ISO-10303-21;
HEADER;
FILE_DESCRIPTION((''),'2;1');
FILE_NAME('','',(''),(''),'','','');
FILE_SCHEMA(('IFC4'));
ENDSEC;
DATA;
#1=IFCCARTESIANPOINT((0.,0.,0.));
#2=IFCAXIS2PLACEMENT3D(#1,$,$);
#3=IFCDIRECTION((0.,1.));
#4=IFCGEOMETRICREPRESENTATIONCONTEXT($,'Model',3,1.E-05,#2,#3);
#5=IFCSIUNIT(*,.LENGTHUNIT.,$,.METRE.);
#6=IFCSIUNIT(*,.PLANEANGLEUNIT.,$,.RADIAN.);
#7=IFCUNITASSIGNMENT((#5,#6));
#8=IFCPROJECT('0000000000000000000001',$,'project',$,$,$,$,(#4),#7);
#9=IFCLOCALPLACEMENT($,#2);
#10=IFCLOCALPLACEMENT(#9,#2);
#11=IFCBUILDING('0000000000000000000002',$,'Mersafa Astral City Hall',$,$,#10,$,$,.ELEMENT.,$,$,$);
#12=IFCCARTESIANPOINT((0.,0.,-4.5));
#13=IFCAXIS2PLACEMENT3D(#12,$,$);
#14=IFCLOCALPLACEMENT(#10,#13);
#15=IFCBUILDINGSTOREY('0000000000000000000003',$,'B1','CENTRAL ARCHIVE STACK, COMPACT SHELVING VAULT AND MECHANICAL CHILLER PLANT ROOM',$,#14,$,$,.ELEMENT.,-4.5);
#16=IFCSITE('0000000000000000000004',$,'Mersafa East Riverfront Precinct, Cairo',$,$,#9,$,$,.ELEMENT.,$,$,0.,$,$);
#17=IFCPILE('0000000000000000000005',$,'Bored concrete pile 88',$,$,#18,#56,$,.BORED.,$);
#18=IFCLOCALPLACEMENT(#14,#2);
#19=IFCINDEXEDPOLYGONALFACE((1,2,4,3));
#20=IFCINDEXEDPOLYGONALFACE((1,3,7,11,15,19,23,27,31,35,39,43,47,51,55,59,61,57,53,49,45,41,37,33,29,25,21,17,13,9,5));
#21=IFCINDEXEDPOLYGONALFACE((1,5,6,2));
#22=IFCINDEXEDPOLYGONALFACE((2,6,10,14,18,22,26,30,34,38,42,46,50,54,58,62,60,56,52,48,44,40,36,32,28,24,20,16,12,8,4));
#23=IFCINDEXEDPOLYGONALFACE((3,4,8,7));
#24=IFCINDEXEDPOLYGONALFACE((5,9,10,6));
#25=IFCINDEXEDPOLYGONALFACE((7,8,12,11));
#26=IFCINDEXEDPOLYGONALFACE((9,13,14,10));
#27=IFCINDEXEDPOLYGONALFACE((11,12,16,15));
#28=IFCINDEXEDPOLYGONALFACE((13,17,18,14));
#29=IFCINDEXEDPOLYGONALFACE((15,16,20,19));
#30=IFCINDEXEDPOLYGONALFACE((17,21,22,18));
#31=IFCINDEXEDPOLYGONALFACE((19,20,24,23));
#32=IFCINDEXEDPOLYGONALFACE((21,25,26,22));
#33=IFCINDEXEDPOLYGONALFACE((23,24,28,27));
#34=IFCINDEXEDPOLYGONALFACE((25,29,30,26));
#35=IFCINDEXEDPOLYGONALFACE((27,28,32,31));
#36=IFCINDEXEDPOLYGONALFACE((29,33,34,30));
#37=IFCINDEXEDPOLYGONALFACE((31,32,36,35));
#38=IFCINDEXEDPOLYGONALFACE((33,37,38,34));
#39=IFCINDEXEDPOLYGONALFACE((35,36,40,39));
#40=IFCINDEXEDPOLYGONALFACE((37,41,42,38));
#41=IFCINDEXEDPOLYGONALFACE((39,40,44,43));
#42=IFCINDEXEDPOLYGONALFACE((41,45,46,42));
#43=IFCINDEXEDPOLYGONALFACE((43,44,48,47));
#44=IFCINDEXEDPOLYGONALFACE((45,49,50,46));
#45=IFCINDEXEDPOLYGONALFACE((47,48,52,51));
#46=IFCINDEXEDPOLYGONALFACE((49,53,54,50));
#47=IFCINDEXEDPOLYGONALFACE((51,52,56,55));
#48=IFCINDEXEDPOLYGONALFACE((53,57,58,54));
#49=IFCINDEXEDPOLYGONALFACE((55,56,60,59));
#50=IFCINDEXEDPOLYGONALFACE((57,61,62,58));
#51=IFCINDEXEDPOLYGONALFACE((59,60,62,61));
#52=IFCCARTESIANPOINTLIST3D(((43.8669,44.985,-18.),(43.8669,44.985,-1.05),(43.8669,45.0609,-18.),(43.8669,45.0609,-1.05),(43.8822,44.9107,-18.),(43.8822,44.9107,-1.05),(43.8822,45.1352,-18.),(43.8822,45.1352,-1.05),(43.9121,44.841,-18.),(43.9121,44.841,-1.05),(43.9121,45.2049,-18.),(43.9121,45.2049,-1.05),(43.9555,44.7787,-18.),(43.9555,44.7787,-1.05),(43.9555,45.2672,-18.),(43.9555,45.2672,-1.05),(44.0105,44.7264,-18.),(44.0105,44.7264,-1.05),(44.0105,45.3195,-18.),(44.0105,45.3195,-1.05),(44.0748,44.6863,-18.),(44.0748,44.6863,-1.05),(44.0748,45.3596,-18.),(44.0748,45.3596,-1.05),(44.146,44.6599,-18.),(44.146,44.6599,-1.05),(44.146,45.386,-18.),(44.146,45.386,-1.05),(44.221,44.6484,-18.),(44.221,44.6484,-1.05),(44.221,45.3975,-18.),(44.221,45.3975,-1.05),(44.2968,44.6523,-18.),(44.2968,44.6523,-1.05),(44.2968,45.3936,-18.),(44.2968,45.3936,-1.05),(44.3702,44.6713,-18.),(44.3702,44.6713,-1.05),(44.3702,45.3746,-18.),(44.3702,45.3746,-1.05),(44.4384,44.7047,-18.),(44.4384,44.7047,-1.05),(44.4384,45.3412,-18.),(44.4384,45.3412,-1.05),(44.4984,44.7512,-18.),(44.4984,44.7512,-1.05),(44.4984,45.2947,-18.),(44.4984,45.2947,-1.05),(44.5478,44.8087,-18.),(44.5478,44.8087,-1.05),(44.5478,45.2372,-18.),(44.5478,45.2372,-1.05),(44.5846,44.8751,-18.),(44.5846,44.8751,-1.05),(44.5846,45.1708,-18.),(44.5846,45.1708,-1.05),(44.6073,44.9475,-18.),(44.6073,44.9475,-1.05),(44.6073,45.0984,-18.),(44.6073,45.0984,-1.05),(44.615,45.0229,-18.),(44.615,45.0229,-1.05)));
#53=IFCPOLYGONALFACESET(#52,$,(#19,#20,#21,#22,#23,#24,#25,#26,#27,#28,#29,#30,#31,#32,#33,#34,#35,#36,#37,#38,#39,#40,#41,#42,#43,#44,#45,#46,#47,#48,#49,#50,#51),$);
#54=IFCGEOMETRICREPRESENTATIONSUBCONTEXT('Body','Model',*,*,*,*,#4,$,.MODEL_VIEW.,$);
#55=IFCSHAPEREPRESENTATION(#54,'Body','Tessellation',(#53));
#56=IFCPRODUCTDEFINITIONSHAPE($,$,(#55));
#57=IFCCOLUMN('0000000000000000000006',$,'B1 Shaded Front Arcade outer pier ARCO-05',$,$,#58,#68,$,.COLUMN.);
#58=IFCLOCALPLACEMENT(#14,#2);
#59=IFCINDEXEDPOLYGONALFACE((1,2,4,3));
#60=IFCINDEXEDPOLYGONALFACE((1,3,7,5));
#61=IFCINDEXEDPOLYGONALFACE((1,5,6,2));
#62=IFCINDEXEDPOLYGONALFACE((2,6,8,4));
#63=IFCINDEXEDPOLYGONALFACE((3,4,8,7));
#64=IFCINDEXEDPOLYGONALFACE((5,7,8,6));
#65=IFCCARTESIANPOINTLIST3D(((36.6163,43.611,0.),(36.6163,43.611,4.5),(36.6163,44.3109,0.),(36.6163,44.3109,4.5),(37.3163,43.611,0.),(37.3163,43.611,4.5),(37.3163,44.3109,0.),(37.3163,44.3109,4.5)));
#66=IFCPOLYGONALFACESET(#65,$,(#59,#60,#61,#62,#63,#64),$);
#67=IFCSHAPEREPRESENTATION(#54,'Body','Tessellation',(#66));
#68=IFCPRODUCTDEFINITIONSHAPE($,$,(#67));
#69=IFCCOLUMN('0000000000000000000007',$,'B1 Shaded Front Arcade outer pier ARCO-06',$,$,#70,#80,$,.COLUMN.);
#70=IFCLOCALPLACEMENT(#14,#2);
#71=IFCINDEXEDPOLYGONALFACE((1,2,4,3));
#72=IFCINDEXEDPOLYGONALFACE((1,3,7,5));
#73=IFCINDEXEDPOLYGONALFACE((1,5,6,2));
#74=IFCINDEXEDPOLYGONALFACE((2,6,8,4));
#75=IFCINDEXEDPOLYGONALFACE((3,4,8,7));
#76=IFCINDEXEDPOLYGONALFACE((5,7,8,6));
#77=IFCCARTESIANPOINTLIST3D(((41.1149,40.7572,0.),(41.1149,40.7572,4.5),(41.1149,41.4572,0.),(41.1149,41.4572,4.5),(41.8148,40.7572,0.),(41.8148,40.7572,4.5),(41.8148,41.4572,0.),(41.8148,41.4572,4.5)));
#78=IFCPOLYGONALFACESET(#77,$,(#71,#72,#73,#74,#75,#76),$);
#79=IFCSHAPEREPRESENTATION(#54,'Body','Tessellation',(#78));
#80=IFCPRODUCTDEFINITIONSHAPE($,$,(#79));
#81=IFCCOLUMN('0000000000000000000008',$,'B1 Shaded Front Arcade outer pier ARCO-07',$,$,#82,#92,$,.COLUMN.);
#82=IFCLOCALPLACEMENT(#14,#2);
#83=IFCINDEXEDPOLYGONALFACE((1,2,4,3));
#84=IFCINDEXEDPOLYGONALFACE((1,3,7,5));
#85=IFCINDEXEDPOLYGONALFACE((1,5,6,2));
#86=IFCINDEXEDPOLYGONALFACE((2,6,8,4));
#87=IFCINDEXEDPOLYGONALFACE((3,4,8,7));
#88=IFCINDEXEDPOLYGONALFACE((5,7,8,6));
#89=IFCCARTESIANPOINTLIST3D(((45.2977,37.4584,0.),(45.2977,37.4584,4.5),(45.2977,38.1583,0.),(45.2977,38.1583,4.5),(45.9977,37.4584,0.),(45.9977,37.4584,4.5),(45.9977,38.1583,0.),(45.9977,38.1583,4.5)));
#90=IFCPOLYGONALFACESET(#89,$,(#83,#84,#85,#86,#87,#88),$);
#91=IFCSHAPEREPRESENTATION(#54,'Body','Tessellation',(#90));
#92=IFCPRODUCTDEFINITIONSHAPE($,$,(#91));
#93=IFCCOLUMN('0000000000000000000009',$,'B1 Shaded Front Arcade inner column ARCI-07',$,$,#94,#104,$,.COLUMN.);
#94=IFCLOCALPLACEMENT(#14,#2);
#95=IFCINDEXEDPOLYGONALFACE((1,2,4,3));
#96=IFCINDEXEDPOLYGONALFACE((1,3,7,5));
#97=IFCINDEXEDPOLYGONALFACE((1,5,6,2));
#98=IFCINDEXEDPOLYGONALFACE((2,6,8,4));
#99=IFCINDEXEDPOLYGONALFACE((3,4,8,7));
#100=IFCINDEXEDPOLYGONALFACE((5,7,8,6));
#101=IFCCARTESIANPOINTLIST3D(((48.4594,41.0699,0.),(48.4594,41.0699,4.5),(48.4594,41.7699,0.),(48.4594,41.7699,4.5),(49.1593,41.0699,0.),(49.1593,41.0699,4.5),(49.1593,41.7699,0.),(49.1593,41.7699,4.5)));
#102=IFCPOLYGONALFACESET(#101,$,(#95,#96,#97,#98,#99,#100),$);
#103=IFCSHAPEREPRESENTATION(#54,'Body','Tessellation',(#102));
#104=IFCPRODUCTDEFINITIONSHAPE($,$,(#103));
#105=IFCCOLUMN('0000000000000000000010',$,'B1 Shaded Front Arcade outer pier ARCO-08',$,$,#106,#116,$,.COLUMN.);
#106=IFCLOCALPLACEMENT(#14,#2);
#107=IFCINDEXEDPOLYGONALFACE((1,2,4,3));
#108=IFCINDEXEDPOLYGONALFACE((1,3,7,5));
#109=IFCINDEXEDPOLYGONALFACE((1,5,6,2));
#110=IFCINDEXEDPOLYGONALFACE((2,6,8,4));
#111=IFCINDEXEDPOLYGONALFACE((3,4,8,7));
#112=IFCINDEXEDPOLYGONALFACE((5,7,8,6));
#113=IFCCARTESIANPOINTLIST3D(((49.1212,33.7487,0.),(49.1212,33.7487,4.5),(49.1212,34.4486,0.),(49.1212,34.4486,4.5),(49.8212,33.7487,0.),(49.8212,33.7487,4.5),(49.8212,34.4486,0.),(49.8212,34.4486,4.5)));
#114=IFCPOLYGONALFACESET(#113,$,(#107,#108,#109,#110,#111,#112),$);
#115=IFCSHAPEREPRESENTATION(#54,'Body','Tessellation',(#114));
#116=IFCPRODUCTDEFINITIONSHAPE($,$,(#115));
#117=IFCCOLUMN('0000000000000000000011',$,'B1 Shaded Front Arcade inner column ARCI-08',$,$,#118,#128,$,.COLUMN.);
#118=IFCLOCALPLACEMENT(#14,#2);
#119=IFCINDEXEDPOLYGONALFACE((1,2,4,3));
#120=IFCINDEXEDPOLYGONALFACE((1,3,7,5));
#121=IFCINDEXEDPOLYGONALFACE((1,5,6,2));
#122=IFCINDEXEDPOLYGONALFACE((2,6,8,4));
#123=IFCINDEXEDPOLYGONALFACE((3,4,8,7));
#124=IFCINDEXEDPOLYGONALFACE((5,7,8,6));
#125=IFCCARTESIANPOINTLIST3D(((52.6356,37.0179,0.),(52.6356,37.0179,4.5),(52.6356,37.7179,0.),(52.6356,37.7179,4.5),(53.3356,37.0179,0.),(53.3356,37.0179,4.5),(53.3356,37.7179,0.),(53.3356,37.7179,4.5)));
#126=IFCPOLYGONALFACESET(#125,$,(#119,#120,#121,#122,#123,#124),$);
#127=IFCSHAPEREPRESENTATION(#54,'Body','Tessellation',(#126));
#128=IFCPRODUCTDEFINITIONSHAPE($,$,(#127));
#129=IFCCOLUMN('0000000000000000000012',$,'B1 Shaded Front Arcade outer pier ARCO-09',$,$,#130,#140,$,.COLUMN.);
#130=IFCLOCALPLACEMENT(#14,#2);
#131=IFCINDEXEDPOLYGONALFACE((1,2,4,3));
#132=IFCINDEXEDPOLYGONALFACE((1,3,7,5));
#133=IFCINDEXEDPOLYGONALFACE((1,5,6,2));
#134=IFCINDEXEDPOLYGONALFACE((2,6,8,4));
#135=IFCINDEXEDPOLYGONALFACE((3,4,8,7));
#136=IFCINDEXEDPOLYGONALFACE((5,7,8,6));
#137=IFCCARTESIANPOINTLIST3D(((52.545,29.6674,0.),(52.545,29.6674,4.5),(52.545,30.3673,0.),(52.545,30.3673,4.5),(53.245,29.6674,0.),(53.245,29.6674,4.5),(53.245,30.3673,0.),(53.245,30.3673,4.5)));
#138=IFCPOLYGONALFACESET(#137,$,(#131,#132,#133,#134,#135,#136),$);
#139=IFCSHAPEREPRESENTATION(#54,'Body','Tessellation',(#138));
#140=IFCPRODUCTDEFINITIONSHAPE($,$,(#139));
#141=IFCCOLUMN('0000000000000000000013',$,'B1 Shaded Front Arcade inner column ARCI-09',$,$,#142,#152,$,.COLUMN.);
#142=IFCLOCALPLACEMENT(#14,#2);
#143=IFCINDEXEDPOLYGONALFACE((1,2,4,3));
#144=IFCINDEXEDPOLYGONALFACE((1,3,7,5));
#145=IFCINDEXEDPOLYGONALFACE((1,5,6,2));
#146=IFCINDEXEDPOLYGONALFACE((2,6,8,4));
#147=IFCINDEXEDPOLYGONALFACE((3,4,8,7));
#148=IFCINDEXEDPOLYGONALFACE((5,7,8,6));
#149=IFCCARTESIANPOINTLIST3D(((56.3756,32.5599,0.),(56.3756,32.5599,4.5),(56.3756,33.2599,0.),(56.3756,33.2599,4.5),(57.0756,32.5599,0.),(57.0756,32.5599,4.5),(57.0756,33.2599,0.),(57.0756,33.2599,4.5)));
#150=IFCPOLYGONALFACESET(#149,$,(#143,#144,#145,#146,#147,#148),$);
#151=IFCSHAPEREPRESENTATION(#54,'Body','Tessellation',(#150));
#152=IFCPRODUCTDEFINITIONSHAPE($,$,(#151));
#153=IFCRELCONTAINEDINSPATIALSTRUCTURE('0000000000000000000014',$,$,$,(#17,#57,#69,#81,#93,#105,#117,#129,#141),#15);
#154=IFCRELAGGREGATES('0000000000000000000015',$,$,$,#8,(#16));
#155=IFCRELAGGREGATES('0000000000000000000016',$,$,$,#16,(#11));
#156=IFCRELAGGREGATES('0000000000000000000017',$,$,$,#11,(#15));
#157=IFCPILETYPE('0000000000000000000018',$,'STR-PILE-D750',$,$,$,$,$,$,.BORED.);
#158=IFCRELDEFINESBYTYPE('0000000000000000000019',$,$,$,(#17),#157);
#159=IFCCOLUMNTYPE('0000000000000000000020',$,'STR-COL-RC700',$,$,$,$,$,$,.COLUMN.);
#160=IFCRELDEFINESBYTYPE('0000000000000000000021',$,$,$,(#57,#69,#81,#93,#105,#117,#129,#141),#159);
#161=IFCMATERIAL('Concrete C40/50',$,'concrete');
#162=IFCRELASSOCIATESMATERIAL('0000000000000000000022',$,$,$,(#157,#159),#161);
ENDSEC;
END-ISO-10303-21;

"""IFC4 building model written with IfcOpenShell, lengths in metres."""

from ifc_helpers import new_model, si_unit, direction, frame, origin, origin_2d, place, context, subcontext, project, spatial, rectangle, circle, extrude, material, material_profile, profile_set, type_object, element, save


model = new_model("IFC4")

# Units and contexts
model_context = context("Model", 3, precision=1e-05, world=origin(), true_north=direction((0.0, 1.0)))
body_context = subcontext(model_context, "Body", "Model", "MODEL_VIEW")
ifc_project = project(units=[si_unit("LENGTHUNIT", "METRE"), si_unit("PLANEANGLEUNIT", "RADIAN")], contexts=[model_context])

# Site, building, storey
site_placement = place(None, origin())
site = spatial("IfcSite", under=ifc_project, at=site_placement, Name="Mersafa East Riverfront Precinct, Cairo", CompositionType="ELEMENT", RefElevation=0.0)
building_placement = place(site_placement, origin())
building = spatial("IfcBuilding", under=site, at=building_placement, Name="Mersafa Astral City Hall", CompositionType="ELEMENT")
storey_placement = place(building_placement, frame((0.0, 0.0, -4.5)))
storey = spatial("IfcBuildingStorey", under=building, at=storey_placement, Name="B1", Description="CENTRAL ARCHIVE STACK, COMPACT SHELVING VAULT AND MECHANICAL CHILLER PLANT ROOM", CompositionType="ELEMENT", Elevation=-4.5)

# Shared definitions
ifc_material = material(Name="Concrete C40/50", Category="concrete")

# Pile
ifc_material_profile_1 = material_profile(ifc_material, circle(Radius=0.375, at=origin_2d()), Name="PILE D750")
ifc_profile_set_1 = profile_set([ifc_material_profile_1], Name="Concrete C40/50")
pile_type = type_object("IfcPileType", Name="STR-PILE-D750", PredefinedType="BORED", material=ifc_profile_set_1)
for number, where, z_axis, x_axis, name in (
    (1, (44.24, 45.0229, -1.05), (0.0, 0.0, -1.0), (1.0, 0.0, 0.0), "Bored concrete pile 88"),
):
    element("IfcPile", number, at=place(storey_placement, frame(where, z_axis=z_axis, x_axis=x_axis)), inside=storey, type_object=pile_type, Name=name, PredefinedType="BORED", context=body_context, shape_type="SweptSolid", body=[
        extrude(circle(Radius=0.375, at=origin_2d()), origin(), (0.0, 0.0, 1.0), 16.95),
    ])

# Columns
ifc_material_profile_2 = material_profile(ifc_material, rectangle(XDim=0.7, YDim=0.7, at=origin_2d()), Name="RC 700x700")
ifc_profile_set_2 = profile_set([ifc_material_profile_2], Name="Concrete C40/50")
column_type = type_object("IfcColumnType", Name="STR-COL-RC700", PredefinedType="COLUMN", material=ifc_profile_set_2)
for number, where, z_axis, x_axis, name in (
    (2, (36.9663, 43.9609, 0.0), (0.0, 0.0, 1.0), (1.0, 0.0, 0.0), "B1 Shaded Front Arcade outer pier ARCO-05"),
    (3, (41.4648, 41.1072, 0.0), (0.0, 0.0, 1.0), (1.0, 0.0, 0.0), "B1 Shaded Front Arcade outer pier ARCO-06"),
    (4, (45.6477, 37.8083, 0.0), (0.0, 0.0, 1.0), (1.0, 0.0, 0.0), "B1 Shaded Front Arcade outer pier ARCO-07"),
    (5, (48.8093, 41.4199, 0.0), (0.0, 0.0, 1.0), (1.0, 0.0, 0.0), "B1 Shaded Front Arcade inner column ARCI-07"),
    (6, (49.4712, 34.0986, 0.0), (0.0, 0.0, 1.0), (1.0, 0.0, 0.0), "B1 Shaded Front Arcade outer pier ARCO-08"),
    (7, (52.9856, 37.3679, 0.0), (0.0, 0.0, 1.0), (1.0, 0.0, 0.0), "B1 Shaded Front Arcade inner column ARCI-08"),
    (8, (52.895, 30.0173, 0.0), (0.0, 0.0, 1.0), (1.0, 0.0, 0.0), "B1 Shaded Front Arcade outer pier ARCO-09"),
    (9, (56.7256, 32.9099, 0.0), (0.0, 0.0, 1.0), (1.0, 0.0, 0.0), "B1 Shaded Front Arcade inner column ARCI-09"),
):
    element("IfcColumn", number, at=place(storey_placement, frame(where, z_axis=z_axis, x_axis=x_axis)), inside=storey, type_object=column_type, Name=name, PredefinedType="COLUMN", context=body_context, shape_type="SweptSolid", body=[
        extrude(rectangle(XDim=0.7, YDim=0.7, at=origin_2d()), origin(), (0.0, 0.0, 1.0), 4.5),
    ])

save(model, "model.ifc")
